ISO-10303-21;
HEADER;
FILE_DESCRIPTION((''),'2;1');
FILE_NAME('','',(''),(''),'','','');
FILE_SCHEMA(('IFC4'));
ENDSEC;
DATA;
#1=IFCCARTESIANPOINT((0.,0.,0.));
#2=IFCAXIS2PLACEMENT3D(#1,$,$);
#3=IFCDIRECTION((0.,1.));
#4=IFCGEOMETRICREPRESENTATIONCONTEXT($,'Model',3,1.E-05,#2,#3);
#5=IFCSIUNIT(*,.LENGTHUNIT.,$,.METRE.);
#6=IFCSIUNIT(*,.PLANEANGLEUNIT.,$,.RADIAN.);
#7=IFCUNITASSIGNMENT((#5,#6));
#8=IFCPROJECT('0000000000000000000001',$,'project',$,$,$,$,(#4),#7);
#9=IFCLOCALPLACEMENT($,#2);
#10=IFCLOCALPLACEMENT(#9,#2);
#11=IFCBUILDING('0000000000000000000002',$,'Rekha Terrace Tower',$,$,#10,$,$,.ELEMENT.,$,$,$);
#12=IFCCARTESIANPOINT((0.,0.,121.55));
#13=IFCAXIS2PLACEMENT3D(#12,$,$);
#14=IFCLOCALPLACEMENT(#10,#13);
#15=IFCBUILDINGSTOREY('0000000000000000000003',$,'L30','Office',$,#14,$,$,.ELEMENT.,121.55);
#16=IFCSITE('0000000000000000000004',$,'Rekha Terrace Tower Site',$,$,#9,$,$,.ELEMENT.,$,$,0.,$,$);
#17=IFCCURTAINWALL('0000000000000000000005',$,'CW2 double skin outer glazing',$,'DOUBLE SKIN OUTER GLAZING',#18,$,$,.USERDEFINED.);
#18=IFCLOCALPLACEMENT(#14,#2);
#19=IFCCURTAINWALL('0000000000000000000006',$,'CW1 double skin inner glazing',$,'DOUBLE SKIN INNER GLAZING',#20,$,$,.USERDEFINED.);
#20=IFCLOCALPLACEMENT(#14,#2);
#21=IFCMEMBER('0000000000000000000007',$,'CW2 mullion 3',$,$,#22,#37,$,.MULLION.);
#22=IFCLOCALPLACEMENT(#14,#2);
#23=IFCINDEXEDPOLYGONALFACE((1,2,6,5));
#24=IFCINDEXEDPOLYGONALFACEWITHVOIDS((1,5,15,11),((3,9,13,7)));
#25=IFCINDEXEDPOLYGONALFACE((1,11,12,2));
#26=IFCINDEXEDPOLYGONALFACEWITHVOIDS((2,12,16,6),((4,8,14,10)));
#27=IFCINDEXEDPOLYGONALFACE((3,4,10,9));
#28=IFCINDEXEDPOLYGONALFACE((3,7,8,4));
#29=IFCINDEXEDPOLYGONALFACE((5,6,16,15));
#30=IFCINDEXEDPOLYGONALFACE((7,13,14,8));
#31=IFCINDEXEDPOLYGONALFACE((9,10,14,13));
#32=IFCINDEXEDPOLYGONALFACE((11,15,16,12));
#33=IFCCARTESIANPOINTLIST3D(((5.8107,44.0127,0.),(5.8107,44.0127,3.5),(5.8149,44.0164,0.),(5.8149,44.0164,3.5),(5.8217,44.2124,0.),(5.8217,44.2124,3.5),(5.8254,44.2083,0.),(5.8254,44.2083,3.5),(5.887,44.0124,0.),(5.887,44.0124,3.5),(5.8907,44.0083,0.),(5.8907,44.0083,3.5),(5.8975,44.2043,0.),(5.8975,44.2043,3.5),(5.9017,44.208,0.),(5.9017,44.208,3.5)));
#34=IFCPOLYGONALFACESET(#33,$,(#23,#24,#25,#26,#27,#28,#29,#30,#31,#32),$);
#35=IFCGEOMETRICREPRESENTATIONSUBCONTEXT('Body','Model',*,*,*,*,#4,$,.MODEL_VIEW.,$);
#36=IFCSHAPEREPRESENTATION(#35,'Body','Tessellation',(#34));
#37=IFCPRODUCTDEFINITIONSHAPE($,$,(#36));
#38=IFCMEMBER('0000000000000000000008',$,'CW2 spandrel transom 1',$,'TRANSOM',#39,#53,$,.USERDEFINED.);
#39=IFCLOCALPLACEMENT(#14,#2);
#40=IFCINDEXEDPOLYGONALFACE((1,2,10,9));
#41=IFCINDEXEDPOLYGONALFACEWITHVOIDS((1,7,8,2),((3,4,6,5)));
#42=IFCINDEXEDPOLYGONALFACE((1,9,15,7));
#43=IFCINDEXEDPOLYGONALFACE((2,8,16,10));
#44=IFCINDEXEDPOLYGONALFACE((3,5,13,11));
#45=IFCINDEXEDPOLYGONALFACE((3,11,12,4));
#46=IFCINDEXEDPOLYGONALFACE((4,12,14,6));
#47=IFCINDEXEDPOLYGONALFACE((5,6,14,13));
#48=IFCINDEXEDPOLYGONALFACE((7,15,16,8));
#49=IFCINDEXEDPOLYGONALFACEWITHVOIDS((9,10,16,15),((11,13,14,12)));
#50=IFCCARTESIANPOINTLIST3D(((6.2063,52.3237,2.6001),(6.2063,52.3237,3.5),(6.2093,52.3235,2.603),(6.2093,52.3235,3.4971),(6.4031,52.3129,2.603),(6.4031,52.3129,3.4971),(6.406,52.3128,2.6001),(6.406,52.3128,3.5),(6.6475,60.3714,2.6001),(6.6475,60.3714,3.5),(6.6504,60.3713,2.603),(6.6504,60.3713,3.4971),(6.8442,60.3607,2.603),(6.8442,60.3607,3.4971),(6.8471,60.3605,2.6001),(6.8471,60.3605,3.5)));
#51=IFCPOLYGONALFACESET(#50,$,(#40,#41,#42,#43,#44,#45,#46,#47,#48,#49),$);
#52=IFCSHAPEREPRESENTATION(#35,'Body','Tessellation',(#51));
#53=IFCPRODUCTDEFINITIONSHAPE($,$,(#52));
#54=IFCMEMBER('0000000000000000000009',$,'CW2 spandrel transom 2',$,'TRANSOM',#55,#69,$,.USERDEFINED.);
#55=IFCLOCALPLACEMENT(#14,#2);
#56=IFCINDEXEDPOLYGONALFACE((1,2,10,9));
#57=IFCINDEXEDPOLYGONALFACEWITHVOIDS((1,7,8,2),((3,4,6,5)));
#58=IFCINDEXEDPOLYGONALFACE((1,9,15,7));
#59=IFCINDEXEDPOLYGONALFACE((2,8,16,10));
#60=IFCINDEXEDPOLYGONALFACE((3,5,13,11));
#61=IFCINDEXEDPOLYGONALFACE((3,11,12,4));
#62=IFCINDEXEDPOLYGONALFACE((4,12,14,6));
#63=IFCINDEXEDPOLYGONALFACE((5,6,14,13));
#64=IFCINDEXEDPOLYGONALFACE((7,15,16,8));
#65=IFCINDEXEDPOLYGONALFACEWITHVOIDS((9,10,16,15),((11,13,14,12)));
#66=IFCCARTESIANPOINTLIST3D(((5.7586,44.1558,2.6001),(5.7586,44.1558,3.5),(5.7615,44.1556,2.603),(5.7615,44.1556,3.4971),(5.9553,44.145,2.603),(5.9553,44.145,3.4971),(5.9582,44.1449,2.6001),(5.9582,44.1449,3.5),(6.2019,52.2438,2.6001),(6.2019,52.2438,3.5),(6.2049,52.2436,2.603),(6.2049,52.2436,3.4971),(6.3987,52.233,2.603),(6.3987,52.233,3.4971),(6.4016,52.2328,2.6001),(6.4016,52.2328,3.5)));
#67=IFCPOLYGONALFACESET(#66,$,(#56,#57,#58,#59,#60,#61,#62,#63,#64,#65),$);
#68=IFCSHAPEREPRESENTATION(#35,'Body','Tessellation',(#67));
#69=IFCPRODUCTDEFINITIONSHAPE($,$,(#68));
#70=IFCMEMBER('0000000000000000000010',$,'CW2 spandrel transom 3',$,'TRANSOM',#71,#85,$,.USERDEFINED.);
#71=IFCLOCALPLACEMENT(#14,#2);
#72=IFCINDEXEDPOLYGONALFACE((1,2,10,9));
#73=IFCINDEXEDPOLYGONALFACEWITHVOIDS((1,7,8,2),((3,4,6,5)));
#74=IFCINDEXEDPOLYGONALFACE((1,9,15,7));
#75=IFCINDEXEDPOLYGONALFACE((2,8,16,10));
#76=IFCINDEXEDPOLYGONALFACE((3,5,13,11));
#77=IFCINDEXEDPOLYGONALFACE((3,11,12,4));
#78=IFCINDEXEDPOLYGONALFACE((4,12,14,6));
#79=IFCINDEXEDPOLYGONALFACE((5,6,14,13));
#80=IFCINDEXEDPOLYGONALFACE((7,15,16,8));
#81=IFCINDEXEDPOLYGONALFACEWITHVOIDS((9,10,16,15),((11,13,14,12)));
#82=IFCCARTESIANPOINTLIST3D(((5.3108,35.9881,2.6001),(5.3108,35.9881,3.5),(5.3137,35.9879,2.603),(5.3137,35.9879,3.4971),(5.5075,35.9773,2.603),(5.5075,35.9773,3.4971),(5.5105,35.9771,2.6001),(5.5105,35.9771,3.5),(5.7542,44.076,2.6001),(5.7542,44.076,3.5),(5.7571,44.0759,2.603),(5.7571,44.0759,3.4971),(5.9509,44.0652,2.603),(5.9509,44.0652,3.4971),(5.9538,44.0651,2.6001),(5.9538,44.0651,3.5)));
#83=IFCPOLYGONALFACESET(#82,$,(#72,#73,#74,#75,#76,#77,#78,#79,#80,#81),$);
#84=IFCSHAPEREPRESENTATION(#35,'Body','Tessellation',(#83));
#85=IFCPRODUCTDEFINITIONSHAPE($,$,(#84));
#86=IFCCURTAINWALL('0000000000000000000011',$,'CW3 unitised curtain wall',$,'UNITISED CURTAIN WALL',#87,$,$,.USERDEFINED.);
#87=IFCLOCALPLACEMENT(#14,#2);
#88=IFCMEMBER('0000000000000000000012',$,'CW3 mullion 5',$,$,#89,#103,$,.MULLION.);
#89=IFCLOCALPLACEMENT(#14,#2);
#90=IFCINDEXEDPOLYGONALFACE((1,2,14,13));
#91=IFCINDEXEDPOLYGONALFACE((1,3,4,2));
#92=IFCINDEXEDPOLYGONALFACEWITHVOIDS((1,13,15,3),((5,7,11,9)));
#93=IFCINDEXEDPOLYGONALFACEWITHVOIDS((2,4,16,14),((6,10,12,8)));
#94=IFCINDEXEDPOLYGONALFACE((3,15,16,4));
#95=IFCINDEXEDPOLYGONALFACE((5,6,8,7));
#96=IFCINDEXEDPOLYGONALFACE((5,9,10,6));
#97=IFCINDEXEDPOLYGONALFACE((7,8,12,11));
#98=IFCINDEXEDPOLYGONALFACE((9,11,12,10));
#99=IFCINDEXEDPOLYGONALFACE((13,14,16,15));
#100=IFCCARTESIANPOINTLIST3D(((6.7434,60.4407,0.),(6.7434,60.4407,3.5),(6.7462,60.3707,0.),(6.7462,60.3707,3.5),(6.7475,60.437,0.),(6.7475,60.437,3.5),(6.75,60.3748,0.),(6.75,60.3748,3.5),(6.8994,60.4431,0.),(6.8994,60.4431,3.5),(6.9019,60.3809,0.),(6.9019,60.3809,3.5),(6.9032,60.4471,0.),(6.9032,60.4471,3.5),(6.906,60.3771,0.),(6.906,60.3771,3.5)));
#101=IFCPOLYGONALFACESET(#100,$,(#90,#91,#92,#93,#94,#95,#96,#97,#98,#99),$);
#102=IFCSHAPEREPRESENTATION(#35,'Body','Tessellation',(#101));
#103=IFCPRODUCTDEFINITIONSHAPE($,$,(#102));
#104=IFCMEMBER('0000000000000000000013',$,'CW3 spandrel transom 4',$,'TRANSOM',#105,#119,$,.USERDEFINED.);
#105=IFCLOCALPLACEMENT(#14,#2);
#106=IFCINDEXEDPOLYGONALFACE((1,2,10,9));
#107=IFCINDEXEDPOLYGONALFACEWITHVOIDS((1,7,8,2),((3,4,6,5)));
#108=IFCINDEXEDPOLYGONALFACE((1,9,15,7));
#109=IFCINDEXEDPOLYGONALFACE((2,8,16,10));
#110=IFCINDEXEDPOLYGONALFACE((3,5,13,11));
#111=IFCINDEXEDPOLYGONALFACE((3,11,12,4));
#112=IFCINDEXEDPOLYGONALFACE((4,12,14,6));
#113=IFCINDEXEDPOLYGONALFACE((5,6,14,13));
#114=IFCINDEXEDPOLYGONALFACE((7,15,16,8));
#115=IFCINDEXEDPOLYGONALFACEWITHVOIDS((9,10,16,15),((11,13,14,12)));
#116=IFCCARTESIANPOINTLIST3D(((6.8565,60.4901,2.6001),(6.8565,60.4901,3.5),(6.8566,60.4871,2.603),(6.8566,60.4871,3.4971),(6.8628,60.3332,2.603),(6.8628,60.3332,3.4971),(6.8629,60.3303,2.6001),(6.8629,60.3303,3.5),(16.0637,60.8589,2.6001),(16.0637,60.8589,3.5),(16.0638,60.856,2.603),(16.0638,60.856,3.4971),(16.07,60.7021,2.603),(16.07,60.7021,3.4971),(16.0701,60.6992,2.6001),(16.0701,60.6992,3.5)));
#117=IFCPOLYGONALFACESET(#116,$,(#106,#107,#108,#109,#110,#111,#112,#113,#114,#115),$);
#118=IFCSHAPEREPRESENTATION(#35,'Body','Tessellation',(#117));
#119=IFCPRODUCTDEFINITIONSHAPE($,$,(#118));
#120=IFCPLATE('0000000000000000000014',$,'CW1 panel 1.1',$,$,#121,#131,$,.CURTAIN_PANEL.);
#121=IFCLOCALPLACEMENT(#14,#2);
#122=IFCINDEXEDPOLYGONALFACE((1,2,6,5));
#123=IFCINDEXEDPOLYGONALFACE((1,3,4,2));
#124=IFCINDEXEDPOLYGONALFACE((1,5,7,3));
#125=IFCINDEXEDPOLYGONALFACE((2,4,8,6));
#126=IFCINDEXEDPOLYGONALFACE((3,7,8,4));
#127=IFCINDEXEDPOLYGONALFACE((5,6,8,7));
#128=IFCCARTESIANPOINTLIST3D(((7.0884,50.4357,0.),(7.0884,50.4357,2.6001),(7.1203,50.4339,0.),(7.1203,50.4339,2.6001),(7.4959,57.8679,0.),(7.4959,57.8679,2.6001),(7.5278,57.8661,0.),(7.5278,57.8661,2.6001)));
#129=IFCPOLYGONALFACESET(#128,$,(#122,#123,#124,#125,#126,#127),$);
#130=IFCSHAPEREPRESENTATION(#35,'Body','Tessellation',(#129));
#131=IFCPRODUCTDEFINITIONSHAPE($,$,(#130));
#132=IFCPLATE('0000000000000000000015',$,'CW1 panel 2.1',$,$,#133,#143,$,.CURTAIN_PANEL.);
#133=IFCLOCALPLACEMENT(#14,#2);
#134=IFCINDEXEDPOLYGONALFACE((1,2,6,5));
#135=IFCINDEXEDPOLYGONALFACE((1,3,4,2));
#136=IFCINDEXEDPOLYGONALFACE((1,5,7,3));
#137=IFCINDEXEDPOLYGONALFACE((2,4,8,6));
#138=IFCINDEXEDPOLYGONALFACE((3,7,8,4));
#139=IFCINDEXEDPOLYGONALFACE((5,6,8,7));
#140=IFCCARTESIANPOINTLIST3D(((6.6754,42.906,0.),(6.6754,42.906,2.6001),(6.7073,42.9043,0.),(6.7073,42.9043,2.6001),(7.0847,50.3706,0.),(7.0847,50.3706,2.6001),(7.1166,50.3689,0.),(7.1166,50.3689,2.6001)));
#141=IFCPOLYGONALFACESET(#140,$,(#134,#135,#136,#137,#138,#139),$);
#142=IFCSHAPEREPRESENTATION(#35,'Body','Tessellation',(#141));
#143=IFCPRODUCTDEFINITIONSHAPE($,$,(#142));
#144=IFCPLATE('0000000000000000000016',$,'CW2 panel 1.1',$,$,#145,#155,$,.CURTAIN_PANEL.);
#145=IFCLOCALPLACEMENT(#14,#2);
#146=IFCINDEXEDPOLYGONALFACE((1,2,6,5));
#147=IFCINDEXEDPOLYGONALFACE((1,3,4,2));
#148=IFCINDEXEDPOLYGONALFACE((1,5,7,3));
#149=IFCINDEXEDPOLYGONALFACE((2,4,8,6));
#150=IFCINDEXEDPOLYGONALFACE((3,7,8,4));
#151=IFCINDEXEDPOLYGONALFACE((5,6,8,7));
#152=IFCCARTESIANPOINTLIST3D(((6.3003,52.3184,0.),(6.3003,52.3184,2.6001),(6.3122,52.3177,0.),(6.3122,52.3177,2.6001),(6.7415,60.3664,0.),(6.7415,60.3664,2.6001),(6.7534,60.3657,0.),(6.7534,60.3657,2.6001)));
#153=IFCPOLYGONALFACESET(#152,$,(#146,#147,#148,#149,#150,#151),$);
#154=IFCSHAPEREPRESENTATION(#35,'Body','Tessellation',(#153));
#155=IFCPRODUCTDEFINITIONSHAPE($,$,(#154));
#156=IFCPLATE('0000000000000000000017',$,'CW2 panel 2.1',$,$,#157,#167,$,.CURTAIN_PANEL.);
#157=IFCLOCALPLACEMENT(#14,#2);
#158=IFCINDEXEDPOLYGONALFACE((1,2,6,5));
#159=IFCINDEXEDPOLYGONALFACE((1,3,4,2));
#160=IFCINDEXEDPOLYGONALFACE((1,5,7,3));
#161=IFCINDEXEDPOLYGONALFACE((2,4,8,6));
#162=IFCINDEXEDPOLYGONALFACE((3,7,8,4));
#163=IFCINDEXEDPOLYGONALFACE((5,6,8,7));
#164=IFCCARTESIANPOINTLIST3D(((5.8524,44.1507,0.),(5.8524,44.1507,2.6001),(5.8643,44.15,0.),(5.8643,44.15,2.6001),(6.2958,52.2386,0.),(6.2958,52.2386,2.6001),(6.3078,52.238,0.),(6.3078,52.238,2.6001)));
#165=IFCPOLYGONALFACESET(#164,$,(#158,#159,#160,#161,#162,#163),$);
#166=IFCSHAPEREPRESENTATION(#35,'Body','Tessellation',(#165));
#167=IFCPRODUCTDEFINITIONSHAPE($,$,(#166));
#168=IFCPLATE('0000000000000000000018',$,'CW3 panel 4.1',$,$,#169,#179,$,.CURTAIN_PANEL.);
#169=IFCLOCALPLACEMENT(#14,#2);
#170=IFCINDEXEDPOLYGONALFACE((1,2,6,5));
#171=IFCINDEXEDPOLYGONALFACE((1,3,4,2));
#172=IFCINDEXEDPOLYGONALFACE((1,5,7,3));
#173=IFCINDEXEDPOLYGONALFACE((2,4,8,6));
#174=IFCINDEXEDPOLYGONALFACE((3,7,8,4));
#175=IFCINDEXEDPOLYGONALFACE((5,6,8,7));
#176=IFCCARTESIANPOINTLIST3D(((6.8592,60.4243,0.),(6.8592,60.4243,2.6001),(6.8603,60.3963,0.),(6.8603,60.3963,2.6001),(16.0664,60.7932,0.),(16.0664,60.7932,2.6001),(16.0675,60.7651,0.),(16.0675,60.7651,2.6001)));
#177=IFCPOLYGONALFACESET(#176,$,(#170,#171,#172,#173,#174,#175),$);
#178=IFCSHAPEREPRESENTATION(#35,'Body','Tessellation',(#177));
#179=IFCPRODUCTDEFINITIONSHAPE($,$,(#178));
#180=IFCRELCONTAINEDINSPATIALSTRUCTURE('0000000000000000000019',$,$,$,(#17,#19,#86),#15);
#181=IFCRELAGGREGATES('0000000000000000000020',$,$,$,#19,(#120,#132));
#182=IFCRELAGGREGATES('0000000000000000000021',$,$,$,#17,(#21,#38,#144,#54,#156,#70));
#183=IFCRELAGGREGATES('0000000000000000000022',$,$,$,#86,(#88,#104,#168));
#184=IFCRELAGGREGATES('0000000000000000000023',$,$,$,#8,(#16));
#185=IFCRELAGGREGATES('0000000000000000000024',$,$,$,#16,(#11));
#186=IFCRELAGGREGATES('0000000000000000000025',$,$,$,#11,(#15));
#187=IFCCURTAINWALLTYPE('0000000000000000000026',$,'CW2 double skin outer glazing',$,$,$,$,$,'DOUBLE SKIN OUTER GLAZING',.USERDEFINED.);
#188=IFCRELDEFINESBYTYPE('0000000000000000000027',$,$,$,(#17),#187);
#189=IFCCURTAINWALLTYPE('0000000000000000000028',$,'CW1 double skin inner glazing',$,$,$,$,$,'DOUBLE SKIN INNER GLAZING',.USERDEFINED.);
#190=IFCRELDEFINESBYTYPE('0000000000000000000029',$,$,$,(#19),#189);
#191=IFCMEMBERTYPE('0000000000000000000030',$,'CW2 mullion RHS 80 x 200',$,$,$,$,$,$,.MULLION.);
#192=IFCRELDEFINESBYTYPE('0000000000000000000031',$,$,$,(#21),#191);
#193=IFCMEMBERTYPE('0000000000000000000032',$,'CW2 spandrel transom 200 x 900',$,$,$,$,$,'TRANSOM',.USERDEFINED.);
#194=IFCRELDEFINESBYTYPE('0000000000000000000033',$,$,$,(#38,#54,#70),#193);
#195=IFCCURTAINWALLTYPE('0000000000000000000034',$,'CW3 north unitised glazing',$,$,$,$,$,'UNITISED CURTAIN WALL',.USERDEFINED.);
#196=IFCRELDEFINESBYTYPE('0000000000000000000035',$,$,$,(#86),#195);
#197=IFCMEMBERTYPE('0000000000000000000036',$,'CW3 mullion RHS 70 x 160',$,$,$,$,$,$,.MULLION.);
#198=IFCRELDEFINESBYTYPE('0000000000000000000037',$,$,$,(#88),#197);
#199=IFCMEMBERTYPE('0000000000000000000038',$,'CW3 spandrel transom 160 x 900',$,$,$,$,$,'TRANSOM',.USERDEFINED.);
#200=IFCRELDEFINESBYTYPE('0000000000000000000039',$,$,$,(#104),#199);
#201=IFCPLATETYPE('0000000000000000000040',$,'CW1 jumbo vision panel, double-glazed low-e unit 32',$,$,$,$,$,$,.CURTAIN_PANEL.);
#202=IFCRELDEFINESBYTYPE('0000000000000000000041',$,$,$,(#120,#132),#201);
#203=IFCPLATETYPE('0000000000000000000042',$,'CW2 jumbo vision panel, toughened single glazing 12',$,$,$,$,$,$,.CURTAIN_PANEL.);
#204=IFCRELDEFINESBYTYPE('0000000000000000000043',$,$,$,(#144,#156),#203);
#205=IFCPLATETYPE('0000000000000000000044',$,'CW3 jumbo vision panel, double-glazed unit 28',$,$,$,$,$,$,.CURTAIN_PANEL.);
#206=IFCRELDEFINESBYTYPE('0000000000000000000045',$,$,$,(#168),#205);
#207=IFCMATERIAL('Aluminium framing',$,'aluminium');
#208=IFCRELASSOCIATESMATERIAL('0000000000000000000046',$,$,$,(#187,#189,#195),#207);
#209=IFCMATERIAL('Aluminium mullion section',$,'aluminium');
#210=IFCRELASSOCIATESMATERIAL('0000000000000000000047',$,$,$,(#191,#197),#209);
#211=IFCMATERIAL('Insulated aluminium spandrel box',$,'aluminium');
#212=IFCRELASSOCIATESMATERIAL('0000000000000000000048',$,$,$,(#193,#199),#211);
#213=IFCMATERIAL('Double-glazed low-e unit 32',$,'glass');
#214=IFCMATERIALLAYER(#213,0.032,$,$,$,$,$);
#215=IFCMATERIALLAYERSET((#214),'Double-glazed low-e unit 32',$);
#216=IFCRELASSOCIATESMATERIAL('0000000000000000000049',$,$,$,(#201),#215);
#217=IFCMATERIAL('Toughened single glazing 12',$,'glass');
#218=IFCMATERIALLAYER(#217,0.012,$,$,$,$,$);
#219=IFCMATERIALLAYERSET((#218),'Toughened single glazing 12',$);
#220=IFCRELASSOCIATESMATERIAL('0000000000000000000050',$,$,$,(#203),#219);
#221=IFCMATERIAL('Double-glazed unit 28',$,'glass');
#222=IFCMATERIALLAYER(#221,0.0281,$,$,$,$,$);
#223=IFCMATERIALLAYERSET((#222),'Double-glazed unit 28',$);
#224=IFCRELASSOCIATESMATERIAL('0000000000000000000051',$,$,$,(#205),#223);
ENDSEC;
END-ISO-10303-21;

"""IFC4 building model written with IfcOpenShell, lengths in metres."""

from ifc_helpers import new_model, si_unit, direction, frame, origin, origin_2d, place, context, subcontext, project, spatial, rectangle, hollow_rectangle, extrude, material, layer, layer_set, material_profile, profile_set, type_object, element, aggregate, save


model = new_model("IFC4")

# Units and contexts
model_context = context("Model", 3, precision=1e-05, world=origin(), true_north=direction((0.0, 1.0)))
body_context = subcontext(model_context, "Body", "Model", "MODEL_VIEW")
ifc_project = project(units=[si_unit("LENGTHUNIT", "METRE"), si_unit("PLANEANGLEUNIT", "RADIAN")], contexts=[model_context])

# Site, building, storey
site_placement = place(None, origin())
site = spatial("IfcSite", under=ifc_project, at=site_placement, Name="Rekha Terrace Tower Site", CompositionType="ELEMENT", RefElevation=0.0)
building_placement = place(site_placement, origin())
building = spatial("IfcBuilding", under=site, at=building_placement, Name="Rekha Terrace Tower", CompositionType="ELEMENT")
storey_placement = place(building_placement, frame((0.0, 0.0, 121.55)))
storey = spatial("IfcBuildingStorey", under=building, at=storey_placement, Name="L30", Description="Office", CompositionType="ELEMENT", Elevation=121.55)

# Curtain walls
ifc_material_1 = material(Name="Aluminium framing", Category="aluminium")
curtain_wall_type_1 = type_object("IfcCurtainWallType", Name="CW2 double skin outer glazing", ElementType="DOUBLE SKIN OUTER GLAZING", PredefinedType="USERDEFINED", material=ifc_material_1)
curtain_wall_1_placement = place(storey_placement, origin())
curtain_wall_1 = element("IfcCurtainWall", 1, at=curtain_wall_1_placement, inside=storey, type_object=curtain_wall_type_1, Name="CW2 double skin outer glazing", ObjectType="DOUBLE SKIN OUTER GLAZING", PredefinedType="USERDEFINED")
curtain_wall_type_2 = type_object("IfcCurtainWallType", Name="CW1 double skin inner glazing", ElementType="DOUBLE SKIN INNER GLAZING", PredefinedType="USERDEFINED", material=ifc_material_1)
curtain_wall_2_placement = place(storey_placement, origin())
curtain_wall_2 = element("IfcCurtainWall", 2, at=curtain_wall_2_placement, inside=storey, type_object=curtain_wall_type_2, Name="CW1 double skin inner glazing", ObjectType="DOUBLE SKIN INNER GLAZING", PredefinedType="USERDEFINED")
ifc_material_2 = material(Name="Aluminium mullion section", Category="aluminium")
ifc_material_3 = material(Name="Insulated aluminium spandrel box", Category="aluminium")

# Members
ifc_material_profile_1 = material_profile(ifc_material_2, hollow_rectangle(XDim=0.0801, YDim=0.2, WallThickness=0.0039, at=origin_2d()), Name="AL RHS 80x200")
ifc_profile_set_1 = profile_set([ifc_material_profile_1], Name="Aluminium mullion section")
member_type_1 = type_object("IfcMemberType", Name="CW2 mullion RHS 80 x 200", PredefinedType="MULLION", material=ifc_profile_set_1)
member_1_placement = place(storey_placement, frame((5.8562, 44.1104, 0.0), z_axis=(0.0, 0.0, 1.0), x_axis=(0.998501, -0.054742, 0.0)))
member_1 = element("IfcMember", 3, at=member_1_placement, type_object=member_type_1, Name="CW2 mullion 3", PredefinedType="MULLION", context=body_context, shape_type="SweptSolid", body=[
    extrude(hollow_rectangle(XDim=0.0801, YDim=0.2, WallThickness=0.0039, at=origin_2d()), origin(), (0.0, 0.0, 1.0), 3.5),
])
ifc_material_profile_2 = material_profile(ifc_material_3, hollow_rectangle(XDim=0.2, YDim=0.8999, WallThickness=0.0029, at=origin_2d()), Name="AL SPANDREL BOX 200x900")
ifc_profile_set_2 = profile_set([ifc_material_profile_2], Name="Insulated aluminium spandrel box")
member_type_2 = type_object("IfcMemberType", Name="CW2 spandrel transom 200 x 900", ElementType="TRANSOM", PredefinedType="USERDEFINED", material=ifc_profile_set_2)
member_2_placement = place(storey_placement, frame((6.7473, 60.366, 3.05), z_axis=(-0.054735, -0.998501, 0.0), x_axis=(0.998501, -0.054735, 0.0)))
member_2 = element("IfcMember", 4, at=member_2_placement, type_object=member_type_2, Name="CW2 spandrel transom 1", ObjectType="TRANSOM", PredefinedType="USERDEFINED", context=body_context, shape_type="SweptSolid", body=[
    extrude(hollow_rectangle(XDim=0.2, YDim=0.8999, WallThickness=0.0029, at=origin_2d()), origin(), (0.0, 0.0, 1.0), 8.0598),
])
member_3_placement = place(storey_placement, frame((6.3018, 52.2383, 3.05), z_axis=(-0.054735, -0.998501, 0.0), x_axis=(0.998501, -0.054735, 0.0)))
member_3 = element("IfcMember", 5, at=member_3_placement, type_object=member_type_2, Name="CW2 spandrel transom 2", ObjectType="TRANSOM", PredefinedType="USERDEFINED", context=body_context, shape_type="SweptSolid", body=[
    extrude(hollow_rectangle(XDim=0.2, YDim=0.8999, WallThickness=0.0029, at=origin_2d()), origin(), (0.0, 0.0, 1.0), 8.1001),
])
member_4_placement = place(storey_placement, frame((5.854, 44.0706, 3.05), z_axis=(-0.054735, -0.998501, 0.0), x_axis=(0.998501, -0.054735, 0.0)))
member_4 = element("IfcMember", 6, at=member_4_placement, type_object=member_type_2, Name="CW2 spandrel transom 3", ObjectType="TRANSOM", PredefinedType="USERDEFINED", context=body_context, shape_type="SweptSolid", body=[
    extrude(hollow_rectangle(XDim=0.2, YDim=0.8999, WallThickness=0.0029, at=origin_2d()), origin(), (0.0, 0.0, 1.0), 8.1001),
])

# Curtain wall, members
curtain_wall_type_3 = type_object("IfcCurtainWallType", Name="CW3 north unitised glazing", ElementType="UNITISED CURTAIN WALL", PredefinedType="USERDEFINED", material=ifc_material_1)
curtain_wall_3_placement = place(storey_placement, origin())
curtain_wall_3 = element("IfcCurtainWall", 7, at=curtain_wall_3_placement, inside=storey, type_object=curtain_wall_type_3, Name="CW3 unitised curtain wall", ObjectType="UNITISED CURTAIN WALL", PredefinedType="USERDEFINED")
ifc_material_profile_3 = material_profile(ifc_material_2, hollow_rectangle(XDim=0.0701, YDim=0.1599, WallThickness=0.0039, at=origin_2d()), Name="AL RHS 70x160")
ifc_profile_set_3 = profile_set([ifc_material_profile_3], Name="Aluminium mullion section")
member_type_3 = type_object("IfcMemberType", Name="CW3 mullion RHS 70 x 160", PredefinedType="MULLION", material=ifc_profile_set_3)
member_5_placement = place(storey_placement, frame((6.8247, 60.4089, 0.0), z_axis=(0.0, 0.0, 1.0), x_axis=(0.040032, -0.999198, 0.0)))
member_5 = element("IfcMember", 8, at=member_5_placement, type_object=member_type_3, Name="CW3 mullion 5", PredefinedType="MULLION", context=body_context, shape_type="SweptSolid", body=[
    extrude(hollow_rectangle(XDim=0.0701, YDim=0.1599, WallThickness=0.0039, at=origin_2d()), origin(), (0.0, 0.0, 1.0), 3.5),
])
ifc_material_profile_4 = material_profile(ifc_material_3, hollow_rectangle(XDim=0.1599, YDim=0.8999, WallThickness=0.0029, at=origin_2d()), Name="AL SPANDREL BOX 160x900")
ifc_profile_set_4 = profile_set([ifc_material_profile_4], Name="Insulated aluminium spandrel box")
member_type_4 = type_object("IfcMemberType", Name="CW3 spandrel transom 160 x 900", ElementType="TRANSOM", PredefinedType="USERDEFINED", material=ifc_profile_set_4)
member_6_placement = place(storey_placement, frame((16.0669, 60.7791, 3.05), z_axis=(-0.999198, -0.040034, 0.0), x_axis=(0.040034, -0.999198, 0.0)))
member_6 = element("IfcMember", 9, at=member_6_placement, type_object=member_type_4, Name="CW3 spandrel transom 4", ObjectType="TRANSOM", PredefinedType="USERDEFINED", context=body_context, shape_type="SweptSolid", body=[
    extrude(hollow_rectangle(XDim=0.1599, YDim=0.8999, WallThickness=0.0029, at=origin_2d()), origin(), (0.0, 0.0, 1.0), 9.2146),
])

# Plates
ifc_material_4 = material(Name="Double-glazed low-e unit 32", Category="glass")
ifc_layer_1 = layer(ifc_material_4, 0.032)
ifc_layer_set_1 = layer_set([ifc_layer_1], Name="Double-glazed low-e unit 32")
plate_type_1 = type_object("IfcPlateType", Name="CW1 jumbo vision panel, double-glazed low-e unit 32", PredefinedType="CURTAIN_PANEL", material=ifc_layer_set_1)
plate_1_placement = place(storey_placement, frame((7.3081, 54.1509, 0.0), z_axis=(0.0, 0.0, 1.0), x_axis=(-0.054742, -0.998501, 0.0)))
plate_1 = element("IfcPlate", 10, at=plate_1_placement, type_object=plate_type_1, Name="CW1 panel 1.1", PredefinedType="CURTAIN_PANEL", context=body_context, shape_type="SweptSolid", body=[
    extrude(rectangle(XDim=7.4434, YDim=0.032, at=origin_2d()), origin(), (0.0, 0.0, 1.0), 2.6001),
])
plate_2_placement = place(storey_placement, frame((6.896, 46.6375, 0.0), z_axis=(0.0, 0.0, 1.0), x_axis=(-0.054742, -0.998501, 0.0)))
plate_2 = element("IfcPlate", 11, at=plate_2_placement, type_object=plate_type_1, Name="CW1 panel 2.1", PredefinedType="CURTAIN_PANEL", context=body_context, shape_type="SweptSolid", body=[
    extrude(rectangle(XDim=7.4758, YDim=0.032, at=origin_2d()), origin(), (0.0, 0.0, 1.0), 2.6001),
])
aggregate(curtain_wall_2, [plate_1, plate_2])
ifc_material_5 = material(Name="Toughened single glazing 12", Category="glass")
ifc_layer_2 = layer(ifc_material_5, 0.012)
ifc_layer_set_2 = layer_set([ifc_layer_2], Name="Toughened single glazing 12")
plate_type_2 = type_object("IfcPlateType", Name="CW2 jumbo vision panel, toughened single glazing 12", PredefinedType="CURTAIN_PANEL", material=ifc_layer_set_2)
plate_3_placement = place(storey_placement, frame((6.5269, 56.342, 0.0), z_axis=(0.0, 0.0, 1.0), x_axis=(-0.054742, -0.998501, 0.0)))
plate_3 = element("IfcPlate", 12, at=plate_3_placement, type_object=plate_type_2, Name="CW2 panel 1.1", PredefinedType="CURTAIN_PANEL", context=body_context, shape_type="SweptSolid", body=[
    extrude(rectangle(XDim=8.0601, YDim=0.012, at=origin_2d()), origin(), (0.0, 0.0, 1.0), 2.6001),
])
plate_4_placement = place(storey_placement, frame((6.0801, 48.1943, 0.0), z_axis=(0.0, 0.0, 1.0), x_axis=(-0.054742, -0.998501, 0.0)))
plate_4 = element("IfcPlate", 13, at=plate_4_placement, type_object=plate_type_2, Name="CW2 panel 2.1", PredefinedType="CURTAIN_PANEL", context=body_context, shape_type="SweptSolid", body=[
    extrude(rectangle(XDim=8.1001, YDim=0.012, at=origin_2d()), origin(), (0.0, 0.0, 1.0), 2.6001),
])
aggregate(curtain_wall_1, [member_1, member_2, plate_3, member_3, plate_4, member_4])
ifc_material_6 = material(Name="Double-glazed unit 28", Category="glass")
ifc_layer_3 = layer(ifc_material_6, 0.0281)
ifc_layer_set_3 = layer_set([ifc_layer_3], Name="Double-glazed unit 28")
plate_type_3 = type_object("IfcPlateType", Name="CW3 jumbo vision panel, double-glazed unit 28", PredefinedType="CURTAIN_PANEL", material=ifc_layer_set_3)
plate_5_placement = place(storey_placement, frame((11.4634, 60.5947, 0.0), z_axis=(0.0, 0.0, 1.0), x_axis=(-0.999198, -0.040032, 0.0)))
plate_5 = element("IfcPlate", 14, at=plate_5_placement, type_object=plate_type_3, Name="CW3 panel 4.1", PredefinedType="CURTAIN_PANEL", context=body_context, shape_type="SweptSolid", body=[
    extrude(rectangle(XDim=9.2146, YDim=0.0281, at=origin_2d()), origin(), (0.0, 0.0, 1.0), 2.6001),
])
aggregate(curtain_wall_3, [member_5, member_6, plate_5])

save(model, "model.ifc")
